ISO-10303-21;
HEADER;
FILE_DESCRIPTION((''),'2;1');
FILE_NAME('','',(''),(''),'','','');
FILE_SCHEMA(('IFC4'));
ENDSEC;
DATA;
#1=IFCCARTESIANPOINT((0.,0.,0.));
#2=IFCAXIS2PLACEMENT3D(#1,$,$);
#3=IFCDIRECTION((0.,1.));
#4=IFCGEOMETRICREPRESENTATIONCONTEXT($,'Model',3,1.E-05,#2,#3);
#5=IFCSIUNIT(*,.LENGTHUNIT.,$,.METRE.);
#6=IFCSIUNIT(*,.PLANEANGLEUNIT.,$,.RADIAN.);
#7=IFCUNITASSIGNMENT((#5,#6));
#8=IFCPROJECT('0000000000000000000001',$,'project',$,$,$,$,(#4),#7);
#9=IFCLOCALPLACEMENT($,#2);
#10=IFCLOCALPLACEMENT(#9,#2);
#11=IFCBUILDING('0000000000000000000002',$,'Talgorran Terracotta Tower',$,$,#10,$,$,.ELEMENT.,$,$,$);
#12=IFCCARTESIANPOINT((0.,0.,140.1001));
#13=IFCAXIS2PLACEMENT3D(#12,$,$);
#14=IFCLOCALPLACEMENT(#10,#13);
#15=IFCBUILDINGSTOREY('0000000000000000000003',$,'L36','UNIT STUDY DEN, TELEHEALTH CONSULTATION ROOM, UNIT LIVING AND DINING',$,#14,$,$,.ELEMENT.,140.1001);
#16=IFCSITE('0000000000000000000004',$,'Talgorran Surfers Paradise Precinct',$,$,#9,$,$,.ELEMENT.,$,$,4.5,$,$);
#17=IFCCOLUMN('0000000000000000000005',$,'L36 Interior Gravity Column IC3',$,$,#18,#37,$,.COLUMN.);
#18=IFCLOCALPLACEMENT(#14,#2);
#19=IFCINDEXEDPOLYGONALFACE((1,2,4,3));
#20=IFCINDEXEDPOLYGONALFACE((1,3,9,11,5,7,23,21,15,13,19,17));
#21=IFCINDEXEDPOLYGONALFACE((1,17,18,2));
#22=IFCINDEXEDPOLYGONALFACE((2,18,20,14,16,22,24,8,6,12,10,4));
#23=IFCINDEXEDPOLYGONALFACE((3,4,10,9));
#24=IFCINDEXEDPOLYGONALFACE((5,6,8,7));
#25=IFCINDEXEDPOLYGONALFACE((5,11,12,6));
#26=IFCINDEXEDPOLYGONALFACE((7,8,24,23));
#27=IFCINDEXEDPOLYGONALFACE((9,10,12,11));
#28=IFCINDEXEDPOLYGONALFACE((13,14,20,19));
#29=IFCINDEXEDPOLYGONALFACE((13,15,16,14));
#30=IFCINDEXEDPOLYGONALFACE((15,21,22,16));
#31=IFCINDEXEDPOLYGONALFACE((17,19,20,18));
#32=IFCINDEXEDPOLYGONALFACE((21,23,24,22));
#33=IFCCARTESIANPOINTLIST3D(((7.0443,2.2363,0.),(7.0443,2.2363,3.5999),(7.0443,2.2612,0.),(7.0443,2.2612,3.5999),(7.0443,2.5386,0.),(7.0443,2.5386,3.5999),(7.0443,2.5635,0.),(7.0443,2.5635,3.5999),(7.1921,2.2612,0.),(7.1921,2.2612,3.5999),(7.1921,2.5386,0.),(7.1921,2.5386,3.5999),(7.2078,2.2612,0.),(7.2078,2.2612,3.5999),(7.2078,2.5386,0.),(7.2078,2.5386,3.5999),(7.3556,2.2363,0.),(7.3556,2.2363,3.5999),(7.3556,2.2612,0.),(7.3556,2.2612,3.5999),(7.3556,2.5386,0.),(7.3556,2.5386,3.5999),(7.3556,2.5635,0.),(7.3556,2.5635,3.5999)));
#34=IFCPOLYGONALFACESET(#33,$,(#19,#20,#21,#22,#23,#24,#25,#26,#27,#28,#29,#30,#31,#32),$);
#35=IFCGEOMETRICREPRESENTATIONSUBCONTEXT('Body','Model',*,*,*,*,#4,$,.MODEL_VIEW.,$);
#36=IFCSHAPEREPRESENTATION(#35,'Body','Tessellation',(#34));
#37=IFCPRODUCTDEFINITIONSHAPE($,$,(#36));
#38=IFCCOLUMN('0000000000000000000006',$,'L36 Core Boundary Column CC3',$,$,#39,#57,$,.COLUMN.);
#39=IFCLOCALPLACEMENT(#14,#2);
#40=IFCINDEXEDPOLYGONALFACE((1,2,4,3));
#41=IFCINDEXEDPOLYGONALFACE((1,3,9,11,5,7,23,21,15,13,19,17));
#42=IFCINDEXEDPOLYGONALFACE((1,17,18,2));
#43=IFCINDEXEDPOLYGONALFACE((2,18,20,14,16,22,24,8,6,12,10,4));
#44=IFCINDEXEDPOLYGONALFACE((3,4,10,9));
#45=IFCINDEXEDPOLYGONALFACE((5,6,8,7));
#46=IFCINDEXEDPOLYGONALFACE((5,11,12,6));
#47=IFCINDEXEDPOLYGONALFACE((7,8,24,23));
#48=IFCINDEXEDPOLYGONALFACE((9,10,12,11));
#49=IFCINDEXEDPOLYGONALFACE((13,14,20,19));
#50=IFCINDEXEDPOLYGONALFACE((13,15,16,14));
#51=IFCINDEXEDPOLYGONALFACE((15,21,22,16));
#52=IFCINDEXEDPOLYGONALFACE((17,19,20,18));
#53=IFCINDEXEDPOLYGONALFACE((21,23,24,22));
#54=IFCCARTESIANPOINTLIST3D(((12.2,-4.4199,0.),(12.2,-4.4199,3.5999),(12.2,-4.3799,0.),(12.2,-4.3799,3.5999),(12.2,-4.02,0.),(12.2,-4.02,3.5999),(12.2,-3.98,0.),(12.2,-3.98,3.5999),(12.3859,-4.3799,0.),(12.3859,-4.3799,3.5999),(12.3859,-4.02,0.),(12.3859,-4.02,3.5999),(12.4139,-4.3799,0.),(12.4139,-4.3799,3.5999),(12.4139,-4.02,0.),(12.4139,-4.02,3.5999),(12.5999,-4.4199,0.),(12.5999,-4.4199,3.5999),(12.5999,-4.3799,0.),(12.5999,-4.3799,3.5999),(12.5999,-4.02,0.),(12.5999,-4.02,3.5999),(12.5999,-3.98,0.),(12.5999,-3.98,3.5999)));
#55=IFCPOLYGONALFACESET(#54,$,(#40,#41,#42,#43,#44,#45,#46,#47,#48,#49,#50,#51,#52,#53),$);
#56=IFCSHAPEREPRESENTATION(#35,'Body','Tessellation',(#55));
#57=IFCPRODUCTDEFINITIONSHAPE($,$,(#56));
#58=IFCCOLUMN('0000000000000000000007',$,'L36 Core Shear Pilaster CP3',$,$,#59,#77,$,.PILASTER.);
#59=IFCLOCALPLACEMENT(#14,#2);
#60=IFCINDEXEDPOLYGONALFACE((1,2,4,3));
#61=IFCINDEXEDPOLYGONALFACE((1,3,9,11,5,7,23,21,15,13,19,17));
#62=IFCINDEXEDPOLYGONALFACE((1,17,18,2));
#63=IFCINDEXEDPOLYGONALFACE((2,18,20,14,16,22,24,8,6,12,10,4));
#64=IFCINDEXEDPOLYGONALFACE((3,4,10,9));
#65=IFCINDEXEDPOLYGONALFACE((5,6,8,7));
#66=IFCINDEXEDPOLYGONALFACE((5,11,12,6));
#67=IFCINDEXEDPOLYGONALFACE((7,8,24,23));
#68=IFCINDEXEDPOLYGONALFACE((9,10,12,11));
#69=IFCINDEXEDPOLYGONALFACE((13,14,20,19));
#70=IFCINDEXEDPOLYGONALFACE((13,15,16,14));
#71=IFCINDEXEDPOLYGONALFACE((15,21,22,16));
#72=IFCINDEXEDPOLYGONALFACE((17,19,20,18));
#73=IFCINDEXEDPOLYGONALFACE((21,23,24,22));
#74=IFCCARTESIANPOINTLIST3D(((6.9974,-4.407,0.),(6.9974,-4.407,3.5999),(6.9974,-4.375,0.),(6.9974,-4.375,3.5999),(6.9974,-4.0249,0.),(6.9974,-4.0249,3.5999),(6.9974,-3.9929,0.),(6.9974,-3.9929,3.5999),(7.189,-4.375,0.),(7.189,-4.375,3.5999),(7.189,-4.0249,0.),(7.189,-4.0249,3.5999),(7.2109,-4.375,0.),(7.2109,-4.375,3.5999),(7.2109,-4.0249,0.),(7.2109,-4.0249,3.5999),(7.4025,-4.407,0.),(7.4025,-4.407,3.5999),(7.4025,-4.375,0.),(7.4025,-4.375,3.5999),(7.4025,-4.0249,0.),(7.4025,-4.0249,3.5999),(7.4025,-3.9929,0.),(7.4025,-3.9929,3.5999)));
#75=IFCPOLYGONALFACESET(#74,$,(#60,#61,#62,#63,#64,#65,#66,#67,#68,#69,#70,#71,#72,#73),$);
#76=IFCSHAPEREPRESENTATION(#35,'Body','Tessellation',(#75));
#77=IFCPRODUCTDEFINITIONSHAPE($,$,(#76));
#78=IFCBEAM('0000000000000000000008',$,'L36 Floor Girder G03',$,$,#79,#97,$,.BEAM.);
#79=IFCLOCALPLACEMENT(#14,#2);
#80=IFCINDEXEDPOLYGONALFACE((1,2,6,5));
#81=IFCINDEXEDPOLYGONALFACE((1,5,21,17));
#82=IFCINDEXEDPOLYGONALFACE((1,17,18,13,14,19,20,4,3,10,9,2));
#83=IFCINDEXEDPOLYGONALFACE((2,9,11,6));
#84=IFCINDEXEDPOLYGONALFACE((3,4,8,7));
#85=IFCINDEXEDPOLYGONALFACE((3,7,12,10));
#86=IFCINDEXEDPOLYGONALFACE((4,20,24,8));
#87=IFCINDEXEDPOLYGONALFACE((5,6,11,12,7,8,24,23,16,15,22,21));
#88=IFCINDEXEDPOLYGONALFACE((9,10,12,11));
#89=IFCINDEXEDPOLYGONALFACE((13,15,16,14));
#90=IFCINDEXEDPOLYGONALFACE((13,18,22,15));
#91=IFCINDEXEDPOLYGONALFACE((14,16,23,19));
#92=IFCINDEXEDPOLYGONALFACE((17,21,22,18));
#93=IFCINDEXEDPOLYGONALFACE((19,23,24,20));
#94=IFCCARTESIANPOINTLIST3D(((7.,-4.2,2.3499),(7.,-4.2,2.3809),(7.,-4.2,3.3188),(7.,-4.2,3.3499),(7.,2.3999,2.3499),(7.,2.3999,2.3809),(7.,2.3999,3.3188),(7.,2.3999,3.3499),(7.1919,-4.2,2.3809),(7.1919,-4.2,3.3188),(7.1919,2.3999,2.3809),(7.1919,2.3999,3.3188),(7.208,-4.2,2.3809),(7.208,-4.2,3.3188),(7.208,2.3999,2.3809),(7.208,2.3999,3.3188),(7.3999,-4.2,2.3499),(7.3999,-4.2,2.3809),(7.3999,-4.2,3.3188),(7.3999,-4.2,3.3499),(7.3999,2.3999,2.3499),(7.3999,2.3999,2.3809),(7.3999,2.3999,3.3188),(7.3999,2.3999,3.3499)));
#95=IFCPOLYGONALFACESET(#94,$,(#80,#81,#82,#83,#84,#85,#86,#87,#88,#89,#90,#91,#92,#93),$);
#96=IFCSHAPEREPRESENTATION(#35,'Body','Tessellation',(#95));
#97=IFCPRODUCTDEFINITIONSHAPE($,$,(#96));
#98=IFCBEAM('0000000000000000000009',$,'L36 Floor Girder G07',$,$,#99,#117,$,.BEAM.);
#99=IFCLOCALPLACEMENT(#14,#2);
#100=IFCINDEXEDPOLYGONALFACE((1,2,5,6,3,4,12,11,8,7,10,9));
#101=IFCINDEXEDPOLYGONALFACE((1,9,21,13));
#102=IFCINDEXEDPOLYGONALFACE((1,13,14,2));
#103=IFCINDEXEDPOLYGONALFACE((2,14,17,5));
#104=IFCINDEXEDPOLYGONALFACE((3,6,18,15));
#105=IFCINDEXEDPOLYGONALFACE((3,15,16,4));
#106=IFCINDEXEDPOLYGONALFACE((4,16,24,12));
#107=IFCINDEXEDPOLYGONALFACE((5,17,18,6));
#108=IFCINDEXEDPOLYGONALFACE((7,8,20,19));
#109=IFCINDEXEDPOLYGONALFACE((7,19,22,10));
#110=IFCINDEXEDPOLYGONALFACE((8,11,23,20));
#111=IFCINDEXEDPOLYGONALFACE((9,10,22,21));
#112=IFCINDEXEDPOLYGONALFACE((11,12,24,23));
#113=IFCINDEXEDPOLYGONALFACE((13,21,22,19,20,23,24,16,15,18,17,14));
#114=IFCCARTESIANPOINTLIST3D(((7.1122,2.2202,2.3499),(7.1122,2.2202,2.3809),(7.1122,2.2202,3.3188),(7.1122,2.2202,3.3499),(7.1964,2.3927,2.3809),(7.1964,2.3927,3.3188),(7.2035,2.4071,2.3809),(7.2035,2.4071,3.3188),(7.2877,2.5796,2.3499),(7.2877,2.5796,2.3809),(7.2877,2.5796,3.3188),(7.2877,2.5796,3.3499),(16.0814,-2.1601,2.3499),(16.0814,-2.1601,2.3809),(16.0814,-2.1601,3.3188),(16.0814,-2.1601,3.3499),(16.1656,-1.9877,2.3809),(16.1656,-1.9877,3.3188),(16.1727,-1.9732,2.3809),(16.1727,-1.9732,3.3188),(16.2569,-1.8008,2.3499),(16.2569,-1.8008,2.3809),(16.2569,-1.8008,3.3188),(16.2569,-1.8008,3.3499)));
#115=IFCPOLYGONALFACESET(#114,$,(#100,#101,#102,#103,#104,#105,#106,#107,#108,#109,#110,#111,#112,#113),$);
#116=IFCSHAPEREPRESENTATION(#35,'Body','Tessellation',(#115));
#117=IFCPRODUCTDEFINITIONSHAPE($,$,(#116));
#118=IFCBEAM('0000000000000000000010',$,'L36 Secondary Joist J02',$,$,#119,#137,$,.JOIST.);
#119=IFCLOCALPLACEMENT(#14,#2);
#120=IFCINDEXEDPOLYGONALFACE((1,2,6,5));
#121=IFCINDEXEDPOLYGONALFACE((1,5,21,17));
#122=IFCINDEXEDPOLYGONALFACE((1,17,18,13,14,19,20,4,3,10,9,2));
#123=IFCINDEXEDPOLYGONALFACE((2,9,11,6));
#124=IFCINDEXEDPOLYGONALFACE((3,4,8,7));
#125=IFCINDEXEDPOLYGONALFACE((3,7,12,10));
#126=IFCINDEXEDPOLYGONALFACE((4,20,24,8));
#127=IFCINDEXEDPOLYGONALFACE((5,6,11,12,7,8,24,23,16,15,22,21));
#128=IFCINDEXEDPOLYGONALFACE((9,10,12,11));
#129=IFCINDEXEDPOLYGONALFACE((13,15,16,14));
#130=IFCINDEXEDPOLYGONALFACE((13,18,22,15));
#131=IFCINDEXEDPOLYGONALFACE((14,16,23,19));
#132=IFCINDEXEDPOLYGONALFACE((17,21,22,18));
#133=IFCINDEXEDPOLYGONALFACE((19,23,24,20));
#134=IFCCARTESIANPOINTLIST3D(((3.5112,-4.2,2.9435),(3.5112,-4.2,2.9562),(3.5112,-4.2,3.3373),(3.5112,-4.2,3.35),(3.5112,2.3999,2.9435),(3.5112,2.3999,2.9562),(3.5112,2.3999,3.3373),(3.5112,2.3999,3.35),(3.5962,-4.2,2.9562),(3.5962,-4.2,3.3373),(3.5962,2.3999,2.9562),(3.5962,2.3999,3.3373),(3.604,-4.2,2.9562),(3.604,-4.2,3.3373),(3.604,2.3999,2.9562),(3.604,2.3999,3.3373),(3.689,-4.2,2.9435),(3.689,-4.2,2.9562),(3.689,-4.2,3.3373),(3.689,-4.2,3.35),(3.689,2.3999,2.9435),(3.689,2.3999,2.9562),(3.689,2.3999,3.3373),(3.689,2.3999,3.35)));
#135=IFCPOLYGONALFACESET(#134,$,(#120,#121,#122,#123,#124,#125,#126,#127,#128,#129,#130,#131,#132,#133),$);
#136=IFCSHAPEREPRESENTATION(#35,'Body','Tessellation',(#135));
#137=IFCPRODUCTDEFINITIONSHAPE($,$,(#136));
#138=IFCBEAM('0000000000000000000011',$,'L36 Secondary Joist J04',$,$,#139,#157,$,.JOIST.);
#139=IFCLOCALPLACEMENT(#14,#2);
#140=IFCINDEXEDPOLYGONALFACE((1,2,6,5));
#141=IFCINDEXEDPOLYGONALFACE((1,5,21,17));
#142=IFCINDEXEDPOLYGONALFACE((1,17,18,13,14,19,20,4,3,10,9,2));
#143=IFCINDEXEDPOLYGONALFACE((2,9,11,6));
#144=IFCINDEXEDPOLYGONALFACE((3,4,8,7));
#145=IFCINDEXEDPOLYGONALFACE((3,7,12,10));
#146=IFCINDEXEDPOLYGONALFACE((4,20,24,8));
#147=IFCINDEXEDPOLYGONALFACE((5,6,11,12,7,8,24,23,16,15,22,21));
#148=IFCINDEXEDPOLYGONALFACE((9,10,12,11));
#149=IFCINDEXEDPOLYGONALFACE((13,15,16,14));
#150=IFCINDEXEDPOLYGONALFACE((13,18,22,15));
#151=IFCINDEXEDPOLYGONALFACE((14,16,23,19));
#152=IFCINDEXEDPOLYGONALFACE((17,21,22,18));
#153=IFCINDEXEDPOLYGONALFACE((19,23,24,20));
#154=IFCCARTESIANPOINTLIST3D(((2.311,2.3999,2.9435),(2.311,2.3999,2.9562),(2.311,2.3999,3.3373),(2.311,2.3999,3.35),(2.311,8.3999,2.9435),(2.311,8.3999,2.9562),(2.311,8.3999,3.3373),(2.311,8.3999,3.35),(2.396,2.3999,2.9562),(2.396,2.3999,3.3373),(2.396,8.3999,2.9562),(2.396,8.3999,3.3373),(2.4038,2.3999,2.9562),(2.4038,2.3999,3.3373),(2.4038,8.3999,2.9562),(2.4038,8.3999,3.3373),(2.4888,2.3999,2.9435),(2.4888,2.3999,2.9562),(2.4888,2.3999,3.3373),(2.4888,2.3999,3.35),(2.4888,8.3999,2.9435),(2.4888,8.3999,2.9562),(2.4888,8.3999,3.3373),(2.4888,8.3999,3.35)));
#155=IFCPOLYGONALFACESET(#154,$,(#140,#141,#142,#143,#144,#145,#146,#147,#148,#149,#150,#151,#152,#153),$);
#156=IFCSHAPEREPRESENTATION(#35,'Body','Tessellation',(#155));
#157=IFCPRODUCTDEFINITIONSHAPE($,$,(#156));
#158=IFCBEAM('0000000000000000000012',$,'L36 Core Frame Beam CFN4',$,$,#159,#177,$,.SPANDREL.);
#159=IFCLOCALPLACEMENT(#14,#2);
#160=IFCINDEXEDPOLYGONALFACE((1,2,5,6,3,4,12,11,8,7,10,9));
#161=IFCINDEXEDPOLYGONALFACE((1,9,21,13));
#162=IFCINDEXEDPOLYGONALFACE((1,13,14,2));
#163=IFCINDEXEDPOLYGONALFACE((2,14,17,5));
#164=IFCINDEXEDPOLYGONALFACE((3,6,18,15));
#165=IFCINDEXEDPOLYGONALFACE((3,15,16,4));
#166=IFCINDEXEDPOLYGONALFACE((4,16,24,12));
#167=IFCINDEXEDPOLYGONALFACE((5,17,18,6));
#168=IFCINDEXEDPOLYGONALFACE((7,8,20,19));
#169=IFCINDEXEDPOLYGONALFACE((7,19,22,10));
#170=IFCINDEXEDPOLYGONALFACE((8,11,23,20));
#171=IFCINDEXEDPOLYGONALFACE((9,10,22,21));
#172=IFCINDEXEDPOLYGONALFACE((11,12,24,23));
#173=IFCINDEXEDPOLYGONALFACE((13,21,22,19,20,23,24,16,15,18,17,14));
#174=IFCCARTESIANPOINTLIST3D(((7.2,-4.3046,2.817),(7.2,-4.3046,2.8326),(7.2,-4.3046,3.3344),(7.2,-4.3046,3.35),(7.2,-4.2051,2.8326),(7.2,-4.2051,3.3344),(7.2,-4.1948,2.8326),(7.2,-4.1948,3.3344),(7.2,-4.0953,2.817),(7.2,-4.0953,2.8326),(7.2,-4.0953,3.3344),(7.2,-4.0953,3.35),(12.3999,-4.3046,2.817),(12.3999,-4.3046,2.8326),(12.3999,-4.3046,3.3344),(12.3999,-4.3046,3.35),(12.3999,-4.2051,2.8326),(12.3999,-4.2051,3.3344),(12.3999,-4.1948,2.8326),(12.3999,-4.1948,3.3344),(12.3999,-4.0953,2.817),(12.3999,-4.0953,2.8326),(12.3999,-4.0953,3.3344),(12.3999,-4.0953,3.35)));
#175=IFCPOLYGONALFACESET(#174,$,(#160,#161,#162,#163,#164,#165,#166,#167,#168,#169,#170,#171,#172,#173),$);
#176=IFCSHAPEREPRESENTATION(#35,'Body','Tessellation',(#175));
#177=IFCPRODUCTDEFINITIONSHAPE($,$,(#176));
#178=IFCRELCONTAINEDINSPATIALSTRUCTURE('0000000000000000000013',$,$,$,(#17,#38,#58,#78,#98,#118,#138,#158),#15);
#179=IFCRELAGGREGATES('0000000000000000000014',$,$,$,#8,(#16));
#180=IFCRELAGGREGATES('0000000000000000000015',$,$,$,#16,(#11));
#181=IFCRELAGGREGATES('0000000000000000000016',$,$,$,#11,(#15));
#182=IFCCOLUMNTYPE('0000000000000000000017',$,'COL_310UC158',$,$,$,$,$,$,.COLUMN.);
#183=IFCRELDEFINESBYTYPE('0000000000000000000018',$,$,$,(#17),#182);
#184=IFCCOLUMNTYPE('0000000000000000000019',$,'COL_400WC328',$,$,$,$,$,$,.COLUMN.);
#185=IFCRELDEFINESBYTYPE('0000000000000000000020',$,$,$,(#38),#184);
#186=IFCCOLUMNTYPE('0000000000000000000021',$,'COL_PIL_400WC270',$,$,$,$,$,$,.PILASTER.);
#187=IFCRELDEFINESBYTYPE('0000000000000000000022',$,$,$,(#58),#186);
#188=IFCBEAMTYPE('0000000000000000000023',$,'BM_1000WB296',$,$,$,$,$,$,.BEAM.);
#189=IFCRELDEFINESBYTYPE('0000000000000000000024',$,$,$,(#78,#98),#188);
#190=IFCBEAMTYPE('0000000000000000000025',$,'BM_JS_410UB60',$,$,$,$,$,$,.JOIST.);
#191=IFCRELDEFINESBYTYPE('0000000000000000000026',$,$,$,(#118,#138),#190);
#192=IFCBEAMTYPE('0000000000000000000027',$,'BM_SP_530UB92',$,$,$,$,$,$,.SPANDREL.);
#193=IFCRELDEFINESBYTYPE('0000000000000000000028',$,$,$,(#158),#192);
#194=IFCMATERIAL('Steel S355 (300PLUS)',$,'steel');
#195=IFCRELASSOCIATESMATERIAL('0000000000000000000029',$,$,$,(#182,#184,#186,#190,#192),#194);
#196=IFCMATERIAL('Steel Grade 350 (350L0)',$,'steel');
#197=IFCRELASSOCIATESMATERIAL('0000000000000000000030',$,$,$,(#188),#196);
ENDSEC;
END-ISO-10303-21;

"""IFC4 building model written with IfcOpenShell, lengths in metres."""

from ifc_helpers import new_model, si_unit, direction, frame, origin, origin_2d, place, context, subcontext, project, spatial, i_section, extrude, material, material_profile, profile_set, type_object, element, save


model = new_model("IFC4")

# Units and contexts
model_context = context("Model", 3, precision=1e-05, world=origin(), true_north=direction((0.0, 1.0)))
body_context = subcontext(model_context, "Body", "Model", "MODEL_VIEW")
ifc_project = project(units=[si_unit("LENGTHUNIT", "METRE"), si_unit("PLANEANGLEUNIT", "RADIAN")], contexts=[model_context])

# Site, building, storey
site_placement = place(None, origin())
site = spatial("IfcSite", under=ifc_project, at=site_placement, Name="Talgorran Surfers Paradise Precinct", CompositionType="ELEMENT", RefElevation=4.5)
building_placement = place(site_placement, origin())
building = spatial("IfcBuilding", under=site, at=building_placement, Name="Talgorran Terracotta Tower", CompositionType="ELEMENT")
storey_placement = place(building_placement, frame((0.0, 0.0, 140.1001)))
storey = spatial("IfcBuildingStorey", under=building, at=storey_placement, Name="L36", Description="UNIT STUDY DEN, TELEHEALTH CONSULTATION ROOM, UNIT LIVING AND DINING", CompositionType="ELEMENT", Elevation=140.1001)

# Columns
ifc_material_1 = material(Name="Steel S355 (300PLUS)", Category="steel")
ifc_material_profile_1 = material_profile(ifc_material_1, i_section(OverallWidth=0.3113, OverallDepth=0.3271, WebThickness=0.0156, FlangeThickness=0.0249, at=origin_2d()), Name="310UC158")
ifc_profile_set_1 = profile_set([ifc_material_profile_1], Name="Steel S355 (300PLUS)")
column_type_1 = type_object("IfcColumnType", Name="COL_310UC158", PredefinedType="COLUMN", material=ifc_profile_set_1)
column_1_placement = place(storey_placement, frame((7.2, 2.3999, 0.0), z_axis=(0.0, 0.0, 1.0), x_axis=(1.0, 0.0, 0.0)))
element("IfcColumn", 1, at=column_1_placement, inside=storey, type_object=column_type_1, Name="L36 Interior Gravity Column IC3", PredefinedType="COLUMN", context=body_context, shape_type="SweptSolid", body=[
    extrude(i_section(OverallWidth=0.3113, OverallDepth=0.3271, WebThickness=0.0156, FlangeThickness=0.0249, at=origin_2d()), origin(), (0.0, 0.0, 1.0), 3.5999),
])
ifc_material_profile_2 = material_profile(ifc_material_1, i_section(OverallWidth=0.3999, OverallDepth=0.4399, WebThickness=0.0281, FlangeThickness=0.04, at=origin_2d()), Name="400WC328")
ifc_profile_set_2 = profile_set([ifc_material_profile_2], Name="Steel S355 (300PLUS)")
column_type_2 = type_object("IfcColumnType", Name="COL_400WC328", PredefinedType="COLUMN", material=ifc_profile_set_2)
column_2_placement = place(storey_placement, frame((12.3999, -4.2, 0.0), z_axis=(0.0, 0.0, 1.0), x_axis=(1.0, 0.0, 0.0)))
element("IfcColumn", 2, at=column_2_placement, inside=storey, type_object=column_type_2, Name="L36 Core Boundary Column CC3", PredefinedType="COLUMN", context=body_context, shape_type="SweptSolid", body=[
    extrude(i_section(OverallWidth=0.3999, OverallDepth=0.4399, WebThickness=0.0281, FlangeThickness=0.04, at=origin_2d()), origin(), (0.0, 0.0, 1.0), 3.5999),
])
ifc_material_profile_3 = material_profile(ifc_material_1, i_section(OverallWidth=0.405, OverallDepth=0.4141, WebThickness=0.022, FlangeThickness=0.032, at=origin_2d()), Name="400WC270")
ifc_profile_set_3 = profile_set([ifc_material_profile_3], Name="Steel S355 (300PLUS)")
column_type_3 = type_object("IfcColumnType", Name="COL_PIL_400WC270", PredefinedType="PILASTER", material=ifc_profile_set_3)
column_3_placement = place(storey_placement, frame((7.2, -4.2, 0.0), z_axis=(0.0, 0.0, 1.0), x_axis=(1.0, 0.0, 0.0)))
element("IfcColumn", 3, at=column_3_placement, inside=storey, type_object=column_type_3, Name="L36 Core Shear Pilaster CP3", PredefinedType="PILASTER", context=body_context, shape_type="SweptSolid", body=[
    extrude(i_section(OverallWidth=0.405, OverallDepth=0.4141, WebThickness=0.022, FlangeThickness=0.032, at=origin_2d()), origin(), (0.0, 0.0, 1.0), 3.5999),
])

# Beams
ifc_material_2 = material(Name="Steel Grade 350 (350L0)", Category="steel")
ifc_material_profile_4 = material_profile(ifc_material_2, i_section(OverallWidth=0.3999, OverallDepth=1.0, WebThickness=0.0161, FlangeThickness=0.031, at=origin_2d()), Name="1000WB296")
ifc_profile_set_4 = profile_set([ifc_material_profile_4], Name="Steel Grade 350 (350L0)")
beam_type_1 = type_object("IfcBeamType", Name="BM_1000WB296", PredefinedType="BEAM", material=ifc_profile_set_4)
beam_1_placement = place(storey_placement, frame((7.2, -4.2, 2.8499), z_axis=(0.0, 1.0, 0.0), x_axis=(-1.0, 0.0, 0.0)))
element("IfcBeam", 4, at=beam_1_placement, inside=storey, type_object=beam_type_1, Name="L36 Floor Girder G03", PredefinedType="BEAM", context=body_context, shape_type="SweptSolid", body=[
    extrude(i_section(OverallWidth=0.3999, OverallDepth=1.0, WebThickness=0.0161, FlangeThickness=0.031, at=origin_2d()), origin(), (0.0, 0.0, 1.0), 6.5999),
])
beam_2_placement = place(storey_placement, frame((7.2, 2.3999, 2.8499), z_axis=(0.898566, -0.438839, 0.0), x_axis=(0.438839, 0.898566, 0.0)))
element("IfcBeam", 5, at=beam_2_placement, inside=storey, type_object=beam_type_1, Name="L36 Floor Girder G07", PredefinedType="BEAM", context=body_context, shape_type="SweptSolid", body=[
    extrude(i_section(OverallWidth=0.3999, OverallDepth=1.0, WebThickness=0.0161, FlangeThickness=0.031, at=origin_2d()), origin(), (0.0, 0.0, 1.0), 9.9817),
])
ifc_material_profile_5 = material_profile(ifc_material_1, i_section(OverallWidth=0.1777, OverallDepth=0.4065, WebThickness=0.0078, FlangeThickness=0.0127, at=origin_2d()), Name="410UB59.7")
ifc_profile_set_5 = profile_set([ifc_material_profile_5], Name="Steel S355 (300PLUS)")
beam_type_2 = type_object("IfcBeamType", Name="BM_JS_410UB60", PredefinedType="JOIST", material=ifc_profile_set_5)
beam_3_placement = place(storey_placement, frame((3.6001, -4.2, 3.1467), z_axis=(0.0, 1.0, 0.0), x_axis=(-1.0, 0.0, 0.0)))
element("IfcBeam", 6, at=beam_3_placement, inside=storey, type_object=beam_type_2, Name="L36 Secondary Joist J02", PredefinedType="JOIST", context=body_context, shape_type="SweptSolid", body=[
    extrude(i_section(OverallWidth=0.1777, OverallDepth=0.4065, WebThickness=0.0078, FlangeThickness=0.0127, at=origin_2d()), origin(), (0.0, 0.0, 1.0), 6.5999),
])
beam_4_placement = place(storey_placement, frame((2.3999, 2.3999, 3.1467), z_axis=(0.0, 1.0, 0.0), x_axis=(-1.0, 0.0, 0.0)))
element("IfcBeam", 7, at=beam_4_placement, inside=storey, type_object=beam_type_2, Name="L36 Secondary Joist J04", PredefinedType="JOIST", context=body_context, shape_type="SweptSolid", body=[
    extrude(i_section(OverallWidth=0.1777, OverallDepth=0.4065, WebThickness=0.0078, FlangeThickness=0.0127, at=origin_2d()), origin(), (0.0, 0.0, 1.0), 6.0),
])
ifc_material_profile_6 = material_profile(ifc_material_1, i_section(OverallWidth=0.2092, OverallDepth=0.533, WebThickness=0.0103, FlangeThickness=0.0156, at=origin_2d()), Name="530UB92.4")
ifc_profile_set_6 = profile_set([ifc_material_profile_6], Name="Steel S355 (300PLUS)")
beam_type_3 = type_object("IfcBeamType", Name="BM_SP_530UB92", PredefinedType="SPANDREL", material=ifc_profile_set_6)
beam_5_placement = place(storey_placement, frame((7.2, -4.2, 3.0835), z_axis=(1.0, 0.0, 0.0), x_axis=(0.0, 1.0, 0.0)))
element("IfcBeam", 8, at=beam_5_placement, inside=storey, type_object=beam_type_3, Name="L36 Core Frame Beam CFN4", PredefinedType="SPANDREL", context=body_context, shape_type="SweptSolid", body=[
    extrude(i_section(OverallWidth=0.2092, OverallDepth=0.533, WebThickness=0.0103, FlangeThickness=0.0156, at=origin_2d()), origin(), (0.0, 0.0, 1.0), 5.2),
])

save(model, "model.ifc")
